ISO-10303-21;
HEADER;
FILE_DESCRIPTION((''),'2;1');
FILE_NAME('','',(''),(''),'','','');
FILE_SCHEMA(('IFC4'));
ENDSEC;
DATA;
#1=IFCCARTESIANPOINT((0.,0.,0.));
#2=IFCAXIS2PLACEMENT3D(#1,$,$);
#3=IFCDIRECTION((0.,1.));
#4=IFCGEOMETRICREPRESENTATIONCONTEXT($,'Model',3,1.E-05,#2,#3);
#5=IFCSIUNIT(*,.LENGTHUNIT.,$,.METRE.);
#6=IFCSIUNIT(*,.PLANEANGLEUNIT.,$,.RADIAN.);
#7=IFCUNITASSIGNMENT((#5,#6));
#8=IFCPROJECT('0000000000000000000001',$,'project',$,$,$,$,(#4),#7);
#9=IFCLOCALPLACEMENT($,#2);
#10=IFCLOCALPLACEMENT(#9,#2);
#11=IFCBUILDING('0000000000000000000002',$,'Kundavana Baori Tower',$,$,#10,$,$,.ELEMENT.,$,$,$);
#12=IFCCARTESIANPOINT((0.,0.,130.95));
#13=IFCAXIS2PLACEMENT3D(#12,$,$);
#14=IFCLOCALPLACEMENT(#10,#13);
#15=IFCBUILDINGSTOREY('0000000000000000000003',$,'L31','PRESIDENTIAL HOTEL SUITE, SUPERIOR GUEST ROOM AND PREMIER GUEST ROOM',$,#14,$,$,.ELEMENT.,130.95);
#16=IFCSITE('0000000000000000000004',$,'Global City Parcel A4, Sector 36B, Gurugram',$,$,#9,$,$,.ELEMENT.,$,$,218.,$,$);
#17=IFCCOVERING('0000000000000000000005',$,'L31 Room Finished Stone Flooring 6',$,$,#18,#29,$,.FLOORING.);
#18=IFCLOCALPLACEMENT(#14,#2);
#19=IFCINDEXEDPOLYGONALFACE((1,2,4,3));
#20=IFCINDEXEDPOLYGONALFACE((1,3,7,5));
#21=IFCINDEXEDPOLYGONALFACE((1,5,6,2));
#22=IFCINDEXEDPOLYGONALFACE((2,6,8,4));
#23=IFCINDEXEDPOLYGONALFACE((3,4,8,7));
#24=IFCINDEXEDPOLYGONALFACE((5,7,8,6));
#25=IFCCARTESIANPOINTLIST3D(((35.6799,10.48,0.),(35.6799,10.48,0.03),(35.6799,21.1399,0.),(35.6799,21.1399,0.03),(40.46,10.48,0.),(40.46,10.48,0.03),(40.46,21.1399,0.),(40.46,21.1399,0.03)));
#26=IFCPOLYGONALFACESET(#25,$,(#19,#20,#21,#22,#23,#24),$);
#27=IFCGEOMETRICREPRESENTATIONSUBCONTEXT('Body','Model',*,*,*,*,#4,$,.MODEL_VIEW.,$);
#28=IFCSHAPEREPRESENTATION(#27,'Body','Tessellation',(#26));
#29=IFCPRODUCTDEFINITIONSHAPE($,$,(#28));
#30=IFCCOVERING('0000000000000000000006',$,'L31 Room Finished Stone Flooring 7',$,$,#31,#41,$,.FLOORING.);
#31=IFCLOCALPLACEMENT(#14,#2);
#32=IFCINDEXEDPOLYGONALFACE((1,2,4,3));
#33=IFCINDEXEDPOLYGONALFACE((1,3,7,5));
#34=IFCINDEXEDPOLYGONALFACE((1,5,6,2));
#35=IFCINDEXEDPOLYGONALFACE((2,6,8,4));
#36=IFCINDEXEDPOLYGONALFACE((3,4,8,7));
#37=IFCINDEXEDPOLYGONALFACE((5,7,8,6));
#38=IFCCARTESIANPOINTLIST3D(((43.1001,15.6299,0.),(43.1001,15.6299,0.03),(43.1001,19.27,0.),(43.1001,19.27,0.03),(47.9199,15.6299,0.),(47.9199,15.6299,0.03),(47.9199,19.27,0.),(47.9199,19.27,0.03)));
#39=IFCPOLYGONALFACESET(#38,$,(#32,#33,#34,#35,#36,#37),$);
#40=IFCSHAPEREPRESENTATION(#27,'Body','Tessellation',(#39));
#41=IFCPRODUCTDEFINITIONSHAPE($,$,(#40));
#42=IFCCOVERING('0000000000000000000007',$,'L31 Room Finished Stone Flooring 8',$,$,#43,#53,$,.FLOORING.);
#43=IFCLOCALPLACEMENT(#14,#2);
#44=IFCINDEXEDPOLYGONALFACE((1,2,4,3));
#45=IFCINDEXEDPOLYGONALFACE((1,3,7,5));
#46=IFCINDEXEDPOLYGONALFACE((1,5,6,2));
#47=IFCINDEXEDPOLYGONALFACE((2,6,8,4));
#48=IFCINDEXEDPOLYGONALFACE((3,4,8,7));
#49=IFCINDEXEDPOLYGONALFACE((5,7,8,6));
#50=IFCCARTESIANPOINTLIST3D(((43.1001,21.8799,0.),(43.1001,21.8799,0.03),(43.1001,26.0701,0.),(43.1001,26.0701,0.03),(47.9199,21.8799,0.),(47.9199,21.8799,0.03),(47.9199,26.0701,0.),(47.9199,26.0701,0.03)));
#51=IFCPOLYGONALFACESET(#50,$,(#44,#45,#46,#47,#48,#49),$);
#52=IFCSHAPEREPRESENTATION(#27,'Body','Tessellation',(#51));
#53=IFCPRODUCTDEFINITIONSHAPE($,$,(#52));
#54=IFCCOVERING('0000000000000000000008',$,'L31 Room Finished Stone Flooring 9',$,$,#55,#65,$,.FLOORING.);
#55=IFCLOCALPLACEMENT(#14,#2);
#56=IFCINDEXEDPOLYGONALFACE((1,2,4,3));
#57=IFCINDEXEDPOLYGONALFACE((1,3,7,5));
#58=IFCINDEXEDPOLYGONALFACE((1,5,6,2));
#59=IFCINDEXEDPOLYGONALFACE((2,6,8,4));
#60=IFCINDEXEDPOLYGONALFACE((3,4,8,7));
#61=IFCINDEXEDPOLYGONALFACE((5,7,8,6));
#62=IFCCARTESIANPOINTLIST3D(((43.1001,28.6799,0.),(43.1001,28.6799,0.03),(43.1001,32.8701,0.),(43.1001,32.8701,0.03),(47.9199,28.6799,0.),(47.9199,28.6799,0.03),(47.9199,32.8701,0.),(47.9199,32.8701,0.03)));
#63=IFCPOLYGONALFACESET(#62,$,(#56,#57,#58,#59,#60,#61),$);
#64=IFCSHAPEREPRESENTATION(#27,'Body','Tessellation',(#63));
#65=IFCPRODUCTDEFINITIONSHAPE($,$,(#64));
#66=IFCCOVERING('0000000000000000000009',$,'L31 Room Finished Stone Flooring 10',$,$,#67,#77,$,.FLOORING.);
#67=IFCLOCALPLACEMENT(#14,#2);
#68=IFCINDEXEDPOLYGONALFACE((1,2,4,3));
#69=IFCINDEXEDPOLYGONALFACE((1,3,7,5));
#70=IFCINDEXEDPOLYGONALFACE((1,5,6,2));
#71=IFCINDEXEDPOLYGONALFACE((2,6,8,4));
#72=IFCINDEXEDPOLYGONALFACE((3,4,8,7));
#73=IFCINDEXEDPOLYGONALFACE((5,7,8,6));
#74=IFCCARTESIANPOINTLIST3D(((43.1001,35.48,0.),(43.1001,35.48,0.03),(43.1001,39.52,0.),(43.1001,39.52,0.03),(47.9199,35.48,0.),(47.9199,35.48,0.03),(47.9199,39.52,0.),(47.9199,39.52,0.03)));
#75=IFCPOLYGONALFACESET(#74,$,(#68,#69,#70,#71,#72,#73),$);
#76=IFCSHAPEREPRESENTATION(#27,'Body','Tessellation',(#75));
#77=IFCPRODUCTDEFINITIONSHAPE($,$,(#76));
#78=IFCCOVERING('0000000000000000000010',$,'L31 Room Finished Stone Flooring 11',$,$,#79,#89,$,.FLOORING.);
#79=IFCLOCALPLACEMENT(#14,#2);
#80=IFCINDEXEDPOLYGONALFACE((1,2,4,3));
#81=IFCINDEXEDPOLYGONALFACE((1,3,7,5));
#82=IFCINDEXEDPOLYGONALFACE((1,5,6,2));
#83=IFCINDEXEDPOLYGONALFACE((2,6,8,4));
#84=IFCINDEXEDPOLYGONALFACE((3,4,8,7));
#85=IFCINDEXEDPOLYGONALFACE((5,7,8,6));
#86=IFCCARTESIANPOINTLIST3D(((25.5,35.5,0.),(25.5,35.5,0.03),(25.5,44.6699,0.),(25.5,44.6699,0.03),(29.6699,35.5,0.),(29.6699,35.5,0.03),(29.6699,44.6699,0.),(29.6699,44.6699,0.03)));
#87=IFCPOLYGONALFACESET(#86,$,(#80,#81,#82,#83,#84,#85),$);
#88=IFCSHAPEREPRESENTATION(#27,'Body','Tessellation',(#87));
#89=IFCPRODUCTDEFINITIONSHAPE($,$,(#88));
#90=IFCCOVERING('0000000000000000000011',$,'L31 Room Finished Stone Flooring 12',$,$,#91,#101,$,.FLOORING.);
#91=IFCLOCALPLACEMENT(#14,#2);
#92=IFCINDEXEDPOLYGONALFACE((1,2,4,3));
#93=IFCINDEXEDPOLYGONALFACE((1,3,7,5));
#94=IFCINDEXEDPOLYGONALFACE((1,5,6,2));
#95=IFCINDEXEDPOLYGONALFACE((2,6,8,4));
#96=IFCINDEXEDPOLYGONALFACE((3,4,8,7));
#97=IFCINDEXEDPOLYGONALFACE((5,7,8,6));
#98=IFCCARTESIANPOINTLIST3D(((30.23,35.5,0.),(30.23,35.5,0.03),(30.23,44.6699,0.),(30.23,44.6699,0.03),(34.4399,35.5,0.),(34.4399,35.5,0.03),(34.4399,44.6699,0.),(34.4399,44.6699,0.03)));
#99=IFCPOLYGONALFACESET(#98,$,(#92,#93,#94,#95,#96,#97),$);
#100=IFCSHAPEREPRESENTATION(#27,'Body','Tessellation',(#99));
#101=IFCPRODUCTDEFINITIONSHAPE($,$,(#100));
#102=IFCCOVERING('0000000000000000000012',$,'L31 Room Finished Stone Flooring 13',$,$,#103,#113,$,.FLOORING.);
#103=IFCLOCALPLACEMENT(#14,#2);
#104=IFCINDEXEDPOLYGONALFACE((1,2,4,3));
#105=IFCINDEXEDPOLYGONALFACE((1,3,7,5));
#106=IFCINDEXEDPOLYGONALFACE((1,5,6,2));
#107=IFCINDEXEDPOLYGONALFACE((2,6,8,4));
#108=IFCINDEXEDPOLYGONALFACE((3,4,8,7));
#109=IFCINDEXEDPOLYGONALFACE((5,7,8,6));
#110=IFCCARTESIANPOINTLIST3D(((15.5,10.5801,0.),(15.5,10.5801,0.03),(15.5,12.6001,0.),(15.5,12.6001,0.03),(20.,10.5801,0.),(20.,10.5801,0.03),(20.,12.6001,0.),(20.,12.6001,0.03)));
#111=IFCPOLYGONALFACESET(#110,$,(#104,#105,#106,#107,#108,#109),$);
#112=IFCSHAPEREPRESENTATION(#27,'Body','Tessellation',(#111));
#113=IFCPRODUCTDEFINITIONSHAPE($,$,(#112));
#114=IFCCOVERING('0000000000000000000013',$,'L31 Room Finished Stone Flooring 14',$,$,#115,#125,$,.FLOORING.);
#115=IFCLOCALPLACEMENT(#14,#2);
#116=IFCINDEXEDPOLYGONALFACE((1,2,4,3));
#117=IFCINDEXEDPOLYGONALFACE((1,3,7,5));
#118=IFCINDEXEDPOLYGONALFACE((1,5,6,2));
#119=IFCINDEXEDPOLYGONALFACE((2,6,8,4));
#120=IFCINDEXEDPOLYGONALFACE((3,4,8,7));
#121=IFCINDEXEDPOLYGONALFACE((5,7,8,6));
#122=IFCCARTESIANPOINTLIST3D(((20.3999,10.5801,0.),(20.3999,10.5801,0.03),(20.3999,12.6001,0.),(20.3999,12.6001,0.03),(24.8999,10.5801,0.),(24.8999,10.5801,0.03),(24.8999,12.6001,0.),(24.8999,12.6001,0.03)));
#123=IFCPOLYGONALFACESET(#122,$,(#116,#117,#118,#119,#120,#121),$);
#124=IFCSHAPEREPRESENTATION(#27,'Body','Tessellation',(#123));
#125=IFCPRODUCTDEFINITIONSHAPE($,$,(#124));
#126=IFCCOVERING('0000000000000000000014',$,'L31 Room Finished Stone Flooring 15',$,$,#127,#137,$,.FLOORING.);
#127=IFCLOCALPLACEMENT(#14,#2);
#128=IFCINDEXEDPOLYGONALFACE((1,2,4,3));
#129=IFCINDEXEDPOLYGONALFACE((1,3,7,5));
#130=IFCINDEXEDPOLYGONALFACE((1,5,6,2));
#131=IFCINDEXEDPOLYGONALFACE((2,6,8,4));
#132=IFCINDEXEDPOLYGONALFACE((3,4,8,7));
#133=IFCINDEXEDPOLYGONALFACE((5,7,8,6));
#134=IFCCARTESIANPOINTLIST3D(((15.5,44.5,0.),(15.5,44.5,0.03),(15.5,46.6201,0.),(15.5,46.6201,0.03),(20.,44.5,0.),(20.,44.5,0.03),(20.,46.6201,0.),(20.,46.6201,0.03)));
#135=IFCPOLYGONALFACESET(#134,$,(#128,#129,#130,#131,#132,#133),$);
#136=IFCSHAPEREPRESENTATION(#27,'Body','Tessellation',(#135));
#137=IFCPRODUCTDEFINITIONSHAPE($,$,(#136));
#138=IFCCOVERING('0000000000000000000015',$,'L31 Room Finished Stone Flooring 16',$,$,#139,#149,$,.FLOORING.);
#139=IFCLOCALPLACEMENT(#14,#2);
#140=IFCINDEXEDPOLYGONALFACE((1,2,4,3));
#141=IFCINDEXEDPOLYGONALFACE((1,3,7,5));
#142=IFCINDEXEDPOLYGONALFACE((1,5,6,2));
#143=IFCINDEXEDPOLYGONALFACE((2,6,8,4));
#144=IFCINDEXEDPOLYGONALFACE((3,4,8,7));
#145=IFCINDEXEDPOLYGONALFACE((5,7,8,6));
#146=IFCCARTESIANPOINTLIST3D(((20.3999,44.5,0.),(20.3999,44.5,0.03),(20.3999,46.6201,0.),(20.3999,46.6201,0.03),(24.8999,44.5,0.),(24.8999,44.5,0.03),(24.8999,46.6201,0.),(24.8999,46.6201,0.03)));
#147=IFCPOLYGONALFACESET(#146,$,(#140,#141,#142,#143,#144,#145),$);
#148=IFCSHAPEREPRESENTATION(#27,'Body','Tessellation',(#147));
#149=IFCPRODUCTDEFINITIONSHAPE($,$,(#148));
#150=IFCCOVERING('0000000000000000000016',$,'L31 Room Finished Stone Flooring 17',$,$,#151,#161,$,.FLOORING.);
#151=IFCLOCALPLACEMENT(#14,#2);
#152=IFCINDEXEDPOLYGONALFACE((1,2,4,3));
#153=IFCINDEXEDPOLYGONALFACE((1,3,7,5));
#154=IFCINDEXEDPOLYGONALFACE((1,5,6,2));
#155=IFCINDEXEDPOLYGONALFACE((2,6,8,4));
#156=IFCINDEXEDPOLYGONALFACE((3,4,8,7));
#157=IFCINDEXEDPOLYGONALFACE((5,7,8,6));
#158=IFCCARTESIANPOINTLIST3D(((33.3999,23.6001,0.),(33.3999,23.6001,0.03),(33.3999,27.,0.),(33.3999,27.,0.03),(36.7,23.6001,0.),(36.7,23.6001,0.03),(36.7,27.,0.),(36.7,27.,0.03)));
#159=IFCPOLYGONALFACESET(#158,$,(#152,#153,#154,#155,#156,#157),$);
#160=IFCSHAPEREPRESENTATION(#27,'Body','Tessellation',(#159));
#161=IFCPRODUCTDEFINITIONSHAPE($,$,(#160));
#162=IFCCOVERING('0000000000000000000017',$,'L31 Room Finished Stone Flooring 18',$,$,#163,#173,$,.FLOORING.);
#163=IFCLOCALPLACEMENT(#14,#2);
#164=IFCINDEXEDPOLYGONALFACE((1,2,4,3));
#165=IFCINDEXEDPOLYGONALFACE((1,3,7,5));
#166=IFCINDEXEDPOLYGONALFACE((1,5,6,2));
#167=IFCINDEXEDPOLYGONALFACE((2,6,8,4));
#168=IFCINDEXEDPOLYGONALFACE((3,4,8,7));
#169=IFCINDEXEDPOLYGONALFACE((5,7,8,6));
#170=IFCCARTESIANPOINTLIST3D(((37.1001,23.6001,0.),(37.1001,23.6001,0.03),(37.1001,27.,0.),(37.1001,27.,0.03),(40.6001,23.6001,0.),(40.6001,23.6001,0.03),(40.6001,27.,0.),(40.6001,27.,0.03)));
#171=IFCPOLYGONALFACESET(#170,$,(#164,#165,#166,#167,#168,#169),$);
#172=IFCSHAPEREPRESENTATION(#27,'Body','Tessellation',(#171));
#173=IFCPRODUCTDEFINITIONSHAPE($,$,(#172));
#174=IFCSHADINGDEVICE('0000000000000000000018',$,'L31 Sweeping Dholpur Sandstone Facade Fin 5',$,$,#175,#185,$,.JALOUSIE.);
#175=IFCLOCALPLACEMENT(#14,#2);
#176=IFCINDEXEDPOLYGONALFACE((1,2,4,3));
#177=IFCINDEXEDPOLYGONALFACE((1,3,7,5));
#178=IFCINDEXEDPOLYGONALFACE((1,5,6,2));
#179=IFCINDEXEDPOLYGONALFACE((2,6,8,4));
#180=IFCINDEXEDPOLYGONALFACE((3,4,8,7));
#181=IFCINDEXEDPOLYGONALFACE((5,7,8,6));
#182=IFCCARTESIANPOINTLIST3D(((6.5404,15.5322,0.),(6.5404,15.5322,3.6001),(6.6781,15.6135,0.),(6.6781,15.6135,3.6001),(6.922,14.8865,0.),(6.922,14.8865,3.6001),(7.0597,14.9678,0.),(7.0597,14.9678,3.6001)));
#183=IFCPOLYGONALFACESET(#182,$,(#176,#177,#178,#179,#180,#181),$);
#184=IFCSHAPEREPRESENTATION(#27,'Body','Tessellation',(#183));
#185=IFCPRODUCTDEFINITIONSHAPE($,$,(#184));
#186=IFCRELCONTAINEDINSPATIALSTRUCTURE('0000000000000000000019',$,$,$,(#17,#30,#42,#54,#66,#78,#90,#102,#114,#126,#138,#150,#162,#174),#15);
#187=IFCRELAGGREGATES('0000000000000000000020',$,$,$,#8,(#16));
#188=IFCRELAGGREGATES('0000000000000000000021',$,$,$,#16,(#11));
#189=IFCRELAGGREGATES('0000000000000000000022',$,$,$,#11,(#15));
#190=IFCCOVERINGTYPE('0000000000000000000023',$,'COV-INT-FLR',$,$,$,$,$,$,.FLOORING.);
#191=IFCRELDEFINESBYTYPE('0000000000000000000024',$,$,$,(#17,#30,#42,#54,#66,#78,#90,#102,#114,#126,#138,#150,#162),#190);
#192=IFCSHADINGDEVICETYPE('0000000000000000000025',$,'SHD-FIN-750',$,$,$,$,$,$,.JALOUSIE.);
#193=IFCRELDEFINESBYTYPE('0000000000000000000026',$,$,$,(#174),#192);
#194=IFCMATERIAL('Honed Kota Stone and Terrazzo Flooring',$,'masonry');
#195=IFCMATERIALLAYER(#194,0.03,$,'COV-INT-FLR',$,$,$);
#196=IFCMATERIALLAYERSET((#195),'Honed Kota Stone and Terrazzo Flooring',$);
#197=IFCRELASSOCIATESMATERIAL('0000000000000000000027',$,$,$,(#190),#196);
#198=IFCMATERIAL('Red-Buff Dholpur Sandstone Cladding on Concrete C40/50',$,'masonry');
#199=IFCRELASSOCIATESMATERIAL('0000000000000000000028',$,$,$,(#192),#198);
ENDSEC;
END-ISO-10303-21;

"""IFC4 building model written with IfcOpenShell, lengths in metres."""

from ifc_helpers import new_model, si_unit, direction, frame, origin, origin_2d, place, context, subcontext, project, spatial, polyline, rectangle, outline, extrude, material, layer, layer_set, type_object, element, save


model = new_model("IFC4")

# Units and contexts
model_context = context("Model", 3, precision=1e-05, world=origin(), true_north=direction((0.0, 1.0)))
body_context = subcontext(model_context, "Body", "Model", "MODEL_VIEW")
ifc_project = project(units=[si_unit("LENGTHUNIT", "METRE"), si_unit("PLANEANGLEUNIT", "RADIAN")], contexts=[model_context])

# Site, building, storey
site_placement = place(None, origin())
site = spatial("IfcSite", under=ifc_project, at=site_placement, Name="Global City Parcel A4, Sector 36B, Gurugram", CompositionType="ELEMENT", RefElevation=218.0)
building_placement = place(site_placement, origin())
building = spatial("IfcBuilding", under=site, at=building_placement, Name="Kundavana Baori Tower", CompositionType="ELEMENT")
storey_placement = place(building_placement, frame((0.0, 0.0, 130.95)))
storey = spatial("IfcBuildingStorey", under=building, at=storey_placement, Name="L31", Description="PRESIDENTIAL HOTEL SUITE, SUPERIOR GUEST ROOM AND PREMIER GUEST ROOM", CompositionType="ELEMENT", Elevation=130.95)

# Coverings
ifc_material_1 = material(Name="Honed Kota Stone and Terrazzo Flooring", Category="masonry")
ifc_layer_1 = layer(ifc_material_1, 0.03, Name="COV-INT-FLR")
ifc_layer_set_1 = layer_set([ifc_layer_1], Name="Honed Kota Stone and Terrazzo Flooring")
covering_type_1 = type_object("IfcCoveringType", Name="COV-INT-FLR", PredefinedType="FLOORING", material=ifc_layer_set_1)
covering_1_placement = place(storey_placement, origin())
element("IfcCovering", 1, at=covering_1_placement, inside=storey, type_object=covering_type_1, Name="L31 Room Finished Stone Flooring 6", PredefinedType="FLOORING", context=body_context, shape_type="SweptSolid", body=[
    extrude(outline(polyline([(35.6799, 10.48), (40.46, 10.48), (40.46, 21.1399), (35.6799, 21.1399), (35.6799, 10.48)])), origin(), (0.0, 0.0, 1.0), 0.03),
])
covering_2_placement = place(storey_placement, origin())
element("IfcCovering", 2, at=covering_2_placement, inside=storey, type_object=covering_type_1, Name="L31 Room Finished Stone Flooring 7", PredefinedType="FLOORING", context=body_context, shape_type="SweptSolid", body=[
    extrude(outline(polyline([(43.1001, 15.6299), (47.9199, 15.6299), (47.9199, 19.27), (43.1001, 19.27), (43.1001, 15.6299)])), origin(), (0.0, 0.0, 1.0), 0.03),
])
covering_3_placement = place(storey_placement, origin())
element("IfcCovering", 3, at=covering_3_placement, inside=storey, type_object=covering_type_1, Name="L31 Room Finished Stone Flooring 8", PredefinedType="FLOORING", context=body_context, shape_type="SweptSolid", body=[
    extrude(outline(polyline([(43.1001, 21.8799), (47.9199, 21.8799), (47.9199, 26.0701), (43.1001, 26.0701), (43.1001, 21.8799)])), origin(), (0.0, 0.0, 1.0), 0.03),
])
covering_4_placement = place(storey_placement, origin())
element("IfcCovering", 4, at=covering_4_placement, inside=storey, type_object=covering_type_1, Name="L31 Room Finished Stone Flooring 9", PredefinedType="FLOORING", context=body_context, shape_type="SweptSolid", body=[
    extrude(outline(polyline([(43.1001, 28.6799), (47.9199, 28.6799), (47.9199, 32.8701), (43.1001, 32.8701), (43.1001, 28.6799)])), origin(), (0.0, 0.0, 1.0), 0.03),
])
covering_5_placement = place(storey_placement, origin())
element("IfcCovering", 5, at=covering_5_placement, inside=storey, type_object=covering_type_1, Name="L31 Room Finished Stone Flooring 10", PredefinedType="FLOORING", context=body_context, shape_type="SweptSolid", body=[
    extrude(outline(polyline([(43.1001, 35.48), (47.9199, 35.48), (47.9199, 39.52), (43.1001, 39.52), (43.1001, 35.48)])), origin(), (0.0, 0.0, 1.0), 0.03),
])
covering_6_placement = place(storey_placement, origin())
element("IfcCovering", 6, at=covering_6_placement, inside=storey, type_object=covering_type_1, Name="L31 Room Finished Stone Flooring 11", PredefinedType="FLOORING", context=body_context, shape_type="SweptSolid", body=[
    extrude(outline(polyline([(25.5, 35.5), (29.6699, 35.5), (29.6699, 44.6699), (25.5, 44.6699), (25.5, 35.5)])), origin(), (0.0, 0.0, 1.0), 0.03),
])
covering_7_placement = place(storey_placement, origin())
element("IfcCovering", 7, at=covering_7_placement, inside=storey, type_object=covering_type_1, Name="L31 Room Finished Stone Flooring 12", PredefinedType="FLOORING", context=body_context, shape_type="SweptSolid", body=[
    extrude(outline(polyline([(30.23, 35.5), (34.4399, 35.5), (34.4399, 44.6699), (30.23, 44.6699), (30.23, 35.5)])), origin(), (0.0, 0.0, 1.0), 0.03),
])
covering_8_placement = place(storey_placement, origin())
element("IfcCovering", 8, at=covering_8_placement, inside=storey, type_object=covering_type_1, Name="L31 Room Finished Stone Flooring 13", PredefinedType="FLOORING", context=body_context, shape_type="SweptSolid", body=[
    extrude(outline(polyline([(15.5, 10.5801), (20.0, 10.5801), (20.0, 12.6001), (15.5, 12.6001), (15.5, 10.5801)])), origin(), (0.0, 0.0, 1.0), 0.03),
])
covering_9_placement = place(storey_placement, origin())
element("IfcCovering", 9, at=covering_9_placement, inside=storey, type_object=covering_type_1, Name="L31 Room Finished Stone Flooring 14", PredefinedType="FLOORING", context=body_context, shape_type="SweptSolid", body=[
    extrude(outline(polyline([(20.3999, 10.5801), (24.8999, 10.5801), (24.8999, 12.6001), (20.3999, 12.6001), (20.3999, 10.5801)])), origin(), (0.0, 0.0, 1.0), 0.03),
])
covering_10_placement = place(storey_placement, origin())
element("IfcCovering", 10, at=covering_10_placement, inside=storey, type_object=covering_type_1, Name="L31 Room Finished Stone Flooring 15", PredefinedType="FLOORING", context=body_context, shape_type="SweptSolid", body=[
    extrude(outline(polyline([(15.5, 44.5), (20.0, 44.5), (20.0, 46.6201), (15.5, 46.6201), (15.5, 44.5)])), origin(), (0.0, 0.0, 1.0), 0.03),
])
covering_11_placement = place(storey_placement, origin())
element("IfcCovering", 11, at=covering_11_placement, inside=storey, type_object=covering_type_1, Name="L31 Room Finished Stone Flooring 16", PredefinedType="FLOORING", context=body_context, shape_type="SweptSolid", body=[
    extrude(outline(polyline([(20.3999, 44.5), (24.8999, 44.5), (24.8999, 46.6201), (20.3999, 46.6201), (20.3999, 44.5)])), origin(), (0.0, 0.0, 1.0), 0.03),
])
covering_12_placement = place(storey_placement, origin())
element("IfcCovering", 12, at=covering_12_placement, inside=storey, type_object=covering_type_1, Name="L31 Room Finished Stone Flooring 17", PredefinedType="FLOORING", context=body_context, shape_type="SweptSolid", body=[
    extrude(outline(polyline([(33.3999, 23.6001), (36.7, 23.6001), (36.7, 27.0), (33.3999, 27.0), (33.3999, 23.6001)])), origin(), (0.0, 0.0, 1.0), 0.03),
])
covering_13_placement = place(storey_placement, origin())
element("IfcCovering", 13, at=covering_13_placement, inside=storey, type_object=covering_type_1, Name="L31 Room Finished Stone Flooring 18", PredefinedType="FLOORING", context=body_context, shape_type="SweptSolid", body=[
    extrude(outline(polyline([(37.1001, 23.6001), (40.6001, 23.6001), (40.6001, 27.0), (37.1001, 27.0), (37.1001, 23.6001)])), origin(), (0.0, 0.0, 1.0), 0.03),
])

# Shading device
ifc_material_2 = material(Name="Red-Buff Dholpur Sandstone Cladding on Concrete C40/50", Category="masonry")
shading_device_type = type_object("IfcShadingDeviceType", Name="SHD-FIN-750", PredefinedType="JALOUSIE", material=ifc_material_2)
shading_device_placement = place(storey_placement, frame((6.8, 15.25, 0.0), z_axis=(0.0, 0.0, 1.0), x_axis=(0.86092, 0.508741, 0.0)))
element("IfcShadingDevice", 14, at=shading_device_placement, inside=storey, type_object=shading_device_type, Name="L31 Sweeping Dholpur Sandstone Facade Fin 5", PredefinedType="JALOUSIE", context=body_context, shape_type="SweptSolid", body=[
    extrude(rectangle(XDim=0.1599, YDim=0.75, at=origin_2d()), origin(), (0.0, 0.0, 1.0), 3.6001),
])

save(model, "model.ifc")
